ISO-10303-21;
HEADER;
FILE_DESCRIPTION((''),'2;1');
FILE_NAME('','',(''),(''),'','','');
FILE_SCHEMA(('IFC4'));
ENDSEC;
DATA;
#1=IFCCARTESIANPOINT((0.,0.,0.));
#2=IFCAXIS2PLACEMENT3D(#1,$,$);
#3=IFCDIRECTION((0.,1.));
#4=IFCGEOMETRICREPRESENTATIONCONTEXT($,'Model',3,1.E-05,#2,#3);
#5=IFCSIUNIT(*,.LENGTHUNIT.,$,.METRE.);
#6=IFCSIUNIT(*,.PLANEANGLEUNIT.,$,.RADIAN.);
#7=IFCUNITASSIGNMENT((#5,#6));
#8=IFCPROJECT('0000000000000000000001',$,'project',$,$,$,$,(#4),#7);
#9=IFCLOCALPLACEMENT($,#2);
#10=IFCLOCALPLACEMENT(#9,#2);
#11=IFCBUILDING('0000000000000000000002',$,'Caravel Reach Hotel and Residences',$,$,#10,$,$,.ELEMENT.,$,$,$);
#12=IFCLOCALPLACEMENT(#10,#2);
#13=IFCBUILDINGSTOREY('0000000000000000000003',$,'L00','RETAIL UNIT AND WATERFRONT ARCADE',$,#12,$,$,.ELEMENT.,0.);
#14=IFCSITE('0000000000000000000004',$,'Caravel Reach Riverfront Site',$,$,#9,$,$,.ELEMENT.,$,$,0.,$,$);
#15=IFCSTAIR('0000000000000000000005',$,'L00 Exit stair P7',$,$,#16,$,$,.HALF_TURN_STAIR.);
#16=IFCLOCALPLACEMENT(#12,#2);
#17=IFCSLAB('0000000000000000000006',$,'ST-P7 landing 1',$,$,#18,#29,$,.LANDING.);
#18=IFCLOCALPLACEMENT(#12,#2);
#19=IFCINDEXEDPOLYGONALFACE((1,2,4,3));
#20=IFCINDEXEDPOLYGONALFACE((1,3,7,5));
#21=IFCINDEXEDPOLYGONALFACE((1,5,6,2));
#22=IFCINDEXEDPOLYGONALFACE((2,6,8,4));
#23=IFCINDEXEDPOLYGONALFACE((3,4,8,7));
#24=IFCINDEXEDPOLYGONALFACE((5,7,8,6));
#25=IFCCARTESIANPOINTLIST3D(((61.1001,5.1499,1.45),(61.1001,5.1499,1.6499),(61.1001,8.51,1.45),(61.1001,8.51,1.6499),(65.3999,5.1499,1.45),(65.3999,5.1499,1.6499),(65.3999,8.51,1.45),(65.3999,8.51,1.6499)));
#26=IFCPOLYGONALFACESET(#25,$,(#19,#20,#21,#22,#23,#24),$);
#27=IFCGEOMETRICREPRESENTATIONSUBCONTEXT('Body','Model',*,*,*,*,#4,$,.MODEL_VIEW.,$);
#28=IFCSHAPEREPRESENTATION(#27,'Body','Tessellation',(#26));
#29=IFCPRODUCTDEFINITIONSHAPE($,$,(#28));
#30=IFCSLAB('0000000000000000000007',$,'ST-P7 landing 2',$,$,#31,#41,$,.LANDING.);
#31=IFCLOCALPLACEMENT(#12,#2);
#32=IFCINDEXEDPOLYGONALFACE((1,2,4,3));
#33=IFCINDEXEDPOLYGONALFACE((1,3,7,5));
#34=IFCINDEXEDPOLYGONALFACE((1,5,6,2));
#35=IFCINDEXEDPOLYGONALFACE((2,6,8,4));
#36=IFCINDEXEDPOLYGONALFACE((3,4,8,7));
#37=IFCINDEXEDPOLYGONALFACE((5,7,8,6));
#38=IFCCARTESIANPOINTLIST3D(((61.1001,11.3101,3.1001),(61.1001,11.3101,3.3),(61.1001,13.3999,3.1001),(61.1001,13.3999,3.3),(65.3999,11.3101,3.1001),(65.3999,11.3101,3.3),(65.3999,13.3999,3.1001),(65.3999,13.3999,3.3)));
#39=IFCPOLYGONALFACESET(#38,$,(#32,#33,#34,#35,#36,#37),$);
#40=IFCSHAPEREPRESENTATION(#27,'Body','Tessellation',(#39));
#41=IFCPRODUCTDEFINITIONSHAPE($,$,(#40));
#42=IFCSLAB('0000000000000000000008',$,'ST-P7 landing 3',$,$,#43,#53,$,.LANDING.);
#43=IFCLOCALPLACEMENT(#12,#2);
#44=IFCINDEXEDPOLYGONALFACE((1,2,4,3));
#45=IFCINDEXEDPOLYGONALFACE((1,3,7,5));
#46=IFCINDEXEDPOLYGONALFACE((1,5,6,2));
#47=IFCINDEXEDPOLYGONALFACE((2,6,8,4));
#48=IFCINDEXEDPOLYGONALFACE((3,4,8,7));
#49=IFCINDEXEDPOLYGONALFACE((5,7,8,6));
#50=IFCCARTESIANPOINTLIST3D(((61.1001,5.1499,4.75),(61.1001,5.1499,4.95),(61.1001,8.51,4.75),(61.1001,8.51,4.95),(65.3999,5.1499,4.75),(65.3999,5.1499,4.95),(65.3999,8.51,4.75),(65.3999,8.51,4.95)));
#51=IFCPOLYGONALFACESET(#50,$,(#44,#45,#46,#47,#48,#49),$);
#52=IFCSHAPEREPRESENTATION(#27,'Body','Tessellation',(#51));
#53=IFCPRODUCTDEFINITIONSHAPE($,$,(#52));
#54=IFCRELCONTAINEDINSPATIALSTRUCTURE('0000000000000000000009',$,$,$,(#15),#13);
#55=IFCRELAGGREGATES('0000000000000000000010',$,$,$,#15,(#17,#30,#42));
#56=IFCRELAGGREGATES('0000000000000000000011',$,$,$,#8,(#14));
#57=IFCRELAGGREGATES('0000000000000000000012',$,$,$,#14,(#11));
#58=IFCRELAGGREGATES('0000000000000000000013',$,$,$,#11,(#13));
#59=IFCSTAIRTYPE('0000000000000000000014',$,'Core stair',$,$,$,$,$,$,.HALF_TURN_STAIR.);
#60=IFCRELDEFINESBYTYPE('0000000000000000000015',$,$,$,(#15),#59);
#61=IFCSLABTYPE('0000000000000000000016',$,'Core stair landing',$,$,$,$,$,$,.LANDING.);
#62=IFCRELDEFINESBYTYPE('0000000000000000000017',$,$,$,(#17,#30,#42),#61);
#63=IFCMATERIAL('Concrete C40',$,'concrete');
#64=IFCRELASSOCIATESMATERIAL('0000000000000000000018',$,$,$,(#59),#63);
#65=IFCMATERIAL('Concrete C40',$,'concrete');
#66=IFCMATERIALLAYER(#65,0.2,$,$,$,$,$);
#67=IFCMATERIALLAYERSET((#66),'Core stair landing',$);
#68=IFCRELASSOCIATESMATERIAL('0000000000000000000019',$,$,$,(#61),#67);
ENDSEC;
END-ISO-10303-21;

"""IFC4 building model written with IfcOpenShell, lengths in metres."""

from ifc_helpers import new_model, si_unit, direction, frame, origin, place, context, subcontext, project, spatial, polyline, outline, extrude, material, layer, layer_set, type_object, element, aggregate, save


model = new_model("IFC4")

# Units and contexts
model_context = context("Model", 3, precision=1e-05, world=origin(), true_north=direction((0.0, 1.0)))
body_context = subcontext(model_context, "Body", "Model", "MODEL_VIEW")
ifc_project = project(units=[si_unit("LENGTHUNIT", "METRE"), si_unit("PLANEANGLEUNIT", "RADIAN")], contexts=[model_context])

# Site, building, storey
site_placement = place(None, origin())
site = spatial("IfcSite", under=ifc_project, at=site_placement, Name="Caravel Reach Riverfront Site", CompositionType="ELEMENT", RefElevation=0.0)
building_placement = place(site_placement, origin())
building = spatial("IfcBuilding", under=site, at=building_placement, Name="Caravel Reach Hotel and Residences", CompositionType="ELEMENT")
storey_placement = place(building_placement, origin())
storey = spatial("IfcBuildingStorey", under=building, at=storey_placement, Name="L00", Description="RETAIL UNIT AND WATERFRONT ARCADE", CompositionType="ELEMENT", Elevation=0.0)

# Shared definitions
ifc_material_1 = material(Name="Concrete C40", Category="concrete")
stair_type = type_object("IfcStairType", Name="Core stair", PredefinedType="HALF_TURN_STAIR", material=ifc_material_1)
ifc_material_2 = material(Name="Concrete C40", Category="concrete")
ifc_layer_1 = layer(ifc_material_2, 0.2)
ifc_layer_set_1 = layer_set([ifc_layer_1], Name="Core stair landing")
slab_type = type_object("IfcSlabType", Name="Core stair landing", PredefinedType="LANDING", material=ifc_layer_set_1)

# Stair, slabs
stair_1_placement = place(storey_placement, origin())
stair_1 = element("IfcStair", 1, at=stair_1_placement, inside=storey, type_object=stair_type, Name="L00 Exit stair P7", PredefinedType="HALF_TURN_STAIR")
slab_1_placement = place(storey_placement, frame((0.0, 0.0, 1.45)))
slab_1 = element("IfcSlab", 2, at=slab_1_placement, type_object=slab_type, Name="ST-P7 landing 1", PredefinedType="LANDING", context=body_context, shape_type="SweptSolid", body=[
    extrude(outline(polyline([(61.1001, 8.51), (61.1001, 5.1499), (65.3999, 5.1499), (65.3999, 8.51), (61.1001, 8.51)])), origin(), (0.0, 0.0, 1.0), 0.2),
])
slab_2_placement = place(storey_placement, frame((0.0, 0.0, 3.1001)))
slab_2 = element("IfcSlab", 3, at=slab_2_placement, type_object=slab_type, Name="ST-P7 landing 2", PredefinedType="LANDING", context=body_context, shape_type="SweptSolid", body=[
    extrude(outline(polyline([(61.1001, 13.3999), (61.1001, 11.3101), (65.3999, 11.3101), (65.3999, 13.3999), (61.1001, 13.3999)])), origin(), (0.0, 0.0, 1.0), 0.2),
])
slab_3_placement = place(storey_placement, frame((0.0, 0.0, 4.75)))
slab_3 = element("IfcSlab", 4, at=slab_3_placement, type_object=slab_type, Name="ST-P7 landing 3", PredefinedType="LANDING", context=body_context, shape_type="SweptSolid", body=[
    extrude(outline(polyline([(61.1001, 8.51), (61.1001, 5.1499), (65.3999, 5.1499), (65.3999, 8.51), (61.1001, 8.51)])), origin(), (0.0, 0.0, 1.0), 0.2),
])
aggregate(stair_1, [slab_1, slab_2, slab_3])

save(model, "model.ifc")
